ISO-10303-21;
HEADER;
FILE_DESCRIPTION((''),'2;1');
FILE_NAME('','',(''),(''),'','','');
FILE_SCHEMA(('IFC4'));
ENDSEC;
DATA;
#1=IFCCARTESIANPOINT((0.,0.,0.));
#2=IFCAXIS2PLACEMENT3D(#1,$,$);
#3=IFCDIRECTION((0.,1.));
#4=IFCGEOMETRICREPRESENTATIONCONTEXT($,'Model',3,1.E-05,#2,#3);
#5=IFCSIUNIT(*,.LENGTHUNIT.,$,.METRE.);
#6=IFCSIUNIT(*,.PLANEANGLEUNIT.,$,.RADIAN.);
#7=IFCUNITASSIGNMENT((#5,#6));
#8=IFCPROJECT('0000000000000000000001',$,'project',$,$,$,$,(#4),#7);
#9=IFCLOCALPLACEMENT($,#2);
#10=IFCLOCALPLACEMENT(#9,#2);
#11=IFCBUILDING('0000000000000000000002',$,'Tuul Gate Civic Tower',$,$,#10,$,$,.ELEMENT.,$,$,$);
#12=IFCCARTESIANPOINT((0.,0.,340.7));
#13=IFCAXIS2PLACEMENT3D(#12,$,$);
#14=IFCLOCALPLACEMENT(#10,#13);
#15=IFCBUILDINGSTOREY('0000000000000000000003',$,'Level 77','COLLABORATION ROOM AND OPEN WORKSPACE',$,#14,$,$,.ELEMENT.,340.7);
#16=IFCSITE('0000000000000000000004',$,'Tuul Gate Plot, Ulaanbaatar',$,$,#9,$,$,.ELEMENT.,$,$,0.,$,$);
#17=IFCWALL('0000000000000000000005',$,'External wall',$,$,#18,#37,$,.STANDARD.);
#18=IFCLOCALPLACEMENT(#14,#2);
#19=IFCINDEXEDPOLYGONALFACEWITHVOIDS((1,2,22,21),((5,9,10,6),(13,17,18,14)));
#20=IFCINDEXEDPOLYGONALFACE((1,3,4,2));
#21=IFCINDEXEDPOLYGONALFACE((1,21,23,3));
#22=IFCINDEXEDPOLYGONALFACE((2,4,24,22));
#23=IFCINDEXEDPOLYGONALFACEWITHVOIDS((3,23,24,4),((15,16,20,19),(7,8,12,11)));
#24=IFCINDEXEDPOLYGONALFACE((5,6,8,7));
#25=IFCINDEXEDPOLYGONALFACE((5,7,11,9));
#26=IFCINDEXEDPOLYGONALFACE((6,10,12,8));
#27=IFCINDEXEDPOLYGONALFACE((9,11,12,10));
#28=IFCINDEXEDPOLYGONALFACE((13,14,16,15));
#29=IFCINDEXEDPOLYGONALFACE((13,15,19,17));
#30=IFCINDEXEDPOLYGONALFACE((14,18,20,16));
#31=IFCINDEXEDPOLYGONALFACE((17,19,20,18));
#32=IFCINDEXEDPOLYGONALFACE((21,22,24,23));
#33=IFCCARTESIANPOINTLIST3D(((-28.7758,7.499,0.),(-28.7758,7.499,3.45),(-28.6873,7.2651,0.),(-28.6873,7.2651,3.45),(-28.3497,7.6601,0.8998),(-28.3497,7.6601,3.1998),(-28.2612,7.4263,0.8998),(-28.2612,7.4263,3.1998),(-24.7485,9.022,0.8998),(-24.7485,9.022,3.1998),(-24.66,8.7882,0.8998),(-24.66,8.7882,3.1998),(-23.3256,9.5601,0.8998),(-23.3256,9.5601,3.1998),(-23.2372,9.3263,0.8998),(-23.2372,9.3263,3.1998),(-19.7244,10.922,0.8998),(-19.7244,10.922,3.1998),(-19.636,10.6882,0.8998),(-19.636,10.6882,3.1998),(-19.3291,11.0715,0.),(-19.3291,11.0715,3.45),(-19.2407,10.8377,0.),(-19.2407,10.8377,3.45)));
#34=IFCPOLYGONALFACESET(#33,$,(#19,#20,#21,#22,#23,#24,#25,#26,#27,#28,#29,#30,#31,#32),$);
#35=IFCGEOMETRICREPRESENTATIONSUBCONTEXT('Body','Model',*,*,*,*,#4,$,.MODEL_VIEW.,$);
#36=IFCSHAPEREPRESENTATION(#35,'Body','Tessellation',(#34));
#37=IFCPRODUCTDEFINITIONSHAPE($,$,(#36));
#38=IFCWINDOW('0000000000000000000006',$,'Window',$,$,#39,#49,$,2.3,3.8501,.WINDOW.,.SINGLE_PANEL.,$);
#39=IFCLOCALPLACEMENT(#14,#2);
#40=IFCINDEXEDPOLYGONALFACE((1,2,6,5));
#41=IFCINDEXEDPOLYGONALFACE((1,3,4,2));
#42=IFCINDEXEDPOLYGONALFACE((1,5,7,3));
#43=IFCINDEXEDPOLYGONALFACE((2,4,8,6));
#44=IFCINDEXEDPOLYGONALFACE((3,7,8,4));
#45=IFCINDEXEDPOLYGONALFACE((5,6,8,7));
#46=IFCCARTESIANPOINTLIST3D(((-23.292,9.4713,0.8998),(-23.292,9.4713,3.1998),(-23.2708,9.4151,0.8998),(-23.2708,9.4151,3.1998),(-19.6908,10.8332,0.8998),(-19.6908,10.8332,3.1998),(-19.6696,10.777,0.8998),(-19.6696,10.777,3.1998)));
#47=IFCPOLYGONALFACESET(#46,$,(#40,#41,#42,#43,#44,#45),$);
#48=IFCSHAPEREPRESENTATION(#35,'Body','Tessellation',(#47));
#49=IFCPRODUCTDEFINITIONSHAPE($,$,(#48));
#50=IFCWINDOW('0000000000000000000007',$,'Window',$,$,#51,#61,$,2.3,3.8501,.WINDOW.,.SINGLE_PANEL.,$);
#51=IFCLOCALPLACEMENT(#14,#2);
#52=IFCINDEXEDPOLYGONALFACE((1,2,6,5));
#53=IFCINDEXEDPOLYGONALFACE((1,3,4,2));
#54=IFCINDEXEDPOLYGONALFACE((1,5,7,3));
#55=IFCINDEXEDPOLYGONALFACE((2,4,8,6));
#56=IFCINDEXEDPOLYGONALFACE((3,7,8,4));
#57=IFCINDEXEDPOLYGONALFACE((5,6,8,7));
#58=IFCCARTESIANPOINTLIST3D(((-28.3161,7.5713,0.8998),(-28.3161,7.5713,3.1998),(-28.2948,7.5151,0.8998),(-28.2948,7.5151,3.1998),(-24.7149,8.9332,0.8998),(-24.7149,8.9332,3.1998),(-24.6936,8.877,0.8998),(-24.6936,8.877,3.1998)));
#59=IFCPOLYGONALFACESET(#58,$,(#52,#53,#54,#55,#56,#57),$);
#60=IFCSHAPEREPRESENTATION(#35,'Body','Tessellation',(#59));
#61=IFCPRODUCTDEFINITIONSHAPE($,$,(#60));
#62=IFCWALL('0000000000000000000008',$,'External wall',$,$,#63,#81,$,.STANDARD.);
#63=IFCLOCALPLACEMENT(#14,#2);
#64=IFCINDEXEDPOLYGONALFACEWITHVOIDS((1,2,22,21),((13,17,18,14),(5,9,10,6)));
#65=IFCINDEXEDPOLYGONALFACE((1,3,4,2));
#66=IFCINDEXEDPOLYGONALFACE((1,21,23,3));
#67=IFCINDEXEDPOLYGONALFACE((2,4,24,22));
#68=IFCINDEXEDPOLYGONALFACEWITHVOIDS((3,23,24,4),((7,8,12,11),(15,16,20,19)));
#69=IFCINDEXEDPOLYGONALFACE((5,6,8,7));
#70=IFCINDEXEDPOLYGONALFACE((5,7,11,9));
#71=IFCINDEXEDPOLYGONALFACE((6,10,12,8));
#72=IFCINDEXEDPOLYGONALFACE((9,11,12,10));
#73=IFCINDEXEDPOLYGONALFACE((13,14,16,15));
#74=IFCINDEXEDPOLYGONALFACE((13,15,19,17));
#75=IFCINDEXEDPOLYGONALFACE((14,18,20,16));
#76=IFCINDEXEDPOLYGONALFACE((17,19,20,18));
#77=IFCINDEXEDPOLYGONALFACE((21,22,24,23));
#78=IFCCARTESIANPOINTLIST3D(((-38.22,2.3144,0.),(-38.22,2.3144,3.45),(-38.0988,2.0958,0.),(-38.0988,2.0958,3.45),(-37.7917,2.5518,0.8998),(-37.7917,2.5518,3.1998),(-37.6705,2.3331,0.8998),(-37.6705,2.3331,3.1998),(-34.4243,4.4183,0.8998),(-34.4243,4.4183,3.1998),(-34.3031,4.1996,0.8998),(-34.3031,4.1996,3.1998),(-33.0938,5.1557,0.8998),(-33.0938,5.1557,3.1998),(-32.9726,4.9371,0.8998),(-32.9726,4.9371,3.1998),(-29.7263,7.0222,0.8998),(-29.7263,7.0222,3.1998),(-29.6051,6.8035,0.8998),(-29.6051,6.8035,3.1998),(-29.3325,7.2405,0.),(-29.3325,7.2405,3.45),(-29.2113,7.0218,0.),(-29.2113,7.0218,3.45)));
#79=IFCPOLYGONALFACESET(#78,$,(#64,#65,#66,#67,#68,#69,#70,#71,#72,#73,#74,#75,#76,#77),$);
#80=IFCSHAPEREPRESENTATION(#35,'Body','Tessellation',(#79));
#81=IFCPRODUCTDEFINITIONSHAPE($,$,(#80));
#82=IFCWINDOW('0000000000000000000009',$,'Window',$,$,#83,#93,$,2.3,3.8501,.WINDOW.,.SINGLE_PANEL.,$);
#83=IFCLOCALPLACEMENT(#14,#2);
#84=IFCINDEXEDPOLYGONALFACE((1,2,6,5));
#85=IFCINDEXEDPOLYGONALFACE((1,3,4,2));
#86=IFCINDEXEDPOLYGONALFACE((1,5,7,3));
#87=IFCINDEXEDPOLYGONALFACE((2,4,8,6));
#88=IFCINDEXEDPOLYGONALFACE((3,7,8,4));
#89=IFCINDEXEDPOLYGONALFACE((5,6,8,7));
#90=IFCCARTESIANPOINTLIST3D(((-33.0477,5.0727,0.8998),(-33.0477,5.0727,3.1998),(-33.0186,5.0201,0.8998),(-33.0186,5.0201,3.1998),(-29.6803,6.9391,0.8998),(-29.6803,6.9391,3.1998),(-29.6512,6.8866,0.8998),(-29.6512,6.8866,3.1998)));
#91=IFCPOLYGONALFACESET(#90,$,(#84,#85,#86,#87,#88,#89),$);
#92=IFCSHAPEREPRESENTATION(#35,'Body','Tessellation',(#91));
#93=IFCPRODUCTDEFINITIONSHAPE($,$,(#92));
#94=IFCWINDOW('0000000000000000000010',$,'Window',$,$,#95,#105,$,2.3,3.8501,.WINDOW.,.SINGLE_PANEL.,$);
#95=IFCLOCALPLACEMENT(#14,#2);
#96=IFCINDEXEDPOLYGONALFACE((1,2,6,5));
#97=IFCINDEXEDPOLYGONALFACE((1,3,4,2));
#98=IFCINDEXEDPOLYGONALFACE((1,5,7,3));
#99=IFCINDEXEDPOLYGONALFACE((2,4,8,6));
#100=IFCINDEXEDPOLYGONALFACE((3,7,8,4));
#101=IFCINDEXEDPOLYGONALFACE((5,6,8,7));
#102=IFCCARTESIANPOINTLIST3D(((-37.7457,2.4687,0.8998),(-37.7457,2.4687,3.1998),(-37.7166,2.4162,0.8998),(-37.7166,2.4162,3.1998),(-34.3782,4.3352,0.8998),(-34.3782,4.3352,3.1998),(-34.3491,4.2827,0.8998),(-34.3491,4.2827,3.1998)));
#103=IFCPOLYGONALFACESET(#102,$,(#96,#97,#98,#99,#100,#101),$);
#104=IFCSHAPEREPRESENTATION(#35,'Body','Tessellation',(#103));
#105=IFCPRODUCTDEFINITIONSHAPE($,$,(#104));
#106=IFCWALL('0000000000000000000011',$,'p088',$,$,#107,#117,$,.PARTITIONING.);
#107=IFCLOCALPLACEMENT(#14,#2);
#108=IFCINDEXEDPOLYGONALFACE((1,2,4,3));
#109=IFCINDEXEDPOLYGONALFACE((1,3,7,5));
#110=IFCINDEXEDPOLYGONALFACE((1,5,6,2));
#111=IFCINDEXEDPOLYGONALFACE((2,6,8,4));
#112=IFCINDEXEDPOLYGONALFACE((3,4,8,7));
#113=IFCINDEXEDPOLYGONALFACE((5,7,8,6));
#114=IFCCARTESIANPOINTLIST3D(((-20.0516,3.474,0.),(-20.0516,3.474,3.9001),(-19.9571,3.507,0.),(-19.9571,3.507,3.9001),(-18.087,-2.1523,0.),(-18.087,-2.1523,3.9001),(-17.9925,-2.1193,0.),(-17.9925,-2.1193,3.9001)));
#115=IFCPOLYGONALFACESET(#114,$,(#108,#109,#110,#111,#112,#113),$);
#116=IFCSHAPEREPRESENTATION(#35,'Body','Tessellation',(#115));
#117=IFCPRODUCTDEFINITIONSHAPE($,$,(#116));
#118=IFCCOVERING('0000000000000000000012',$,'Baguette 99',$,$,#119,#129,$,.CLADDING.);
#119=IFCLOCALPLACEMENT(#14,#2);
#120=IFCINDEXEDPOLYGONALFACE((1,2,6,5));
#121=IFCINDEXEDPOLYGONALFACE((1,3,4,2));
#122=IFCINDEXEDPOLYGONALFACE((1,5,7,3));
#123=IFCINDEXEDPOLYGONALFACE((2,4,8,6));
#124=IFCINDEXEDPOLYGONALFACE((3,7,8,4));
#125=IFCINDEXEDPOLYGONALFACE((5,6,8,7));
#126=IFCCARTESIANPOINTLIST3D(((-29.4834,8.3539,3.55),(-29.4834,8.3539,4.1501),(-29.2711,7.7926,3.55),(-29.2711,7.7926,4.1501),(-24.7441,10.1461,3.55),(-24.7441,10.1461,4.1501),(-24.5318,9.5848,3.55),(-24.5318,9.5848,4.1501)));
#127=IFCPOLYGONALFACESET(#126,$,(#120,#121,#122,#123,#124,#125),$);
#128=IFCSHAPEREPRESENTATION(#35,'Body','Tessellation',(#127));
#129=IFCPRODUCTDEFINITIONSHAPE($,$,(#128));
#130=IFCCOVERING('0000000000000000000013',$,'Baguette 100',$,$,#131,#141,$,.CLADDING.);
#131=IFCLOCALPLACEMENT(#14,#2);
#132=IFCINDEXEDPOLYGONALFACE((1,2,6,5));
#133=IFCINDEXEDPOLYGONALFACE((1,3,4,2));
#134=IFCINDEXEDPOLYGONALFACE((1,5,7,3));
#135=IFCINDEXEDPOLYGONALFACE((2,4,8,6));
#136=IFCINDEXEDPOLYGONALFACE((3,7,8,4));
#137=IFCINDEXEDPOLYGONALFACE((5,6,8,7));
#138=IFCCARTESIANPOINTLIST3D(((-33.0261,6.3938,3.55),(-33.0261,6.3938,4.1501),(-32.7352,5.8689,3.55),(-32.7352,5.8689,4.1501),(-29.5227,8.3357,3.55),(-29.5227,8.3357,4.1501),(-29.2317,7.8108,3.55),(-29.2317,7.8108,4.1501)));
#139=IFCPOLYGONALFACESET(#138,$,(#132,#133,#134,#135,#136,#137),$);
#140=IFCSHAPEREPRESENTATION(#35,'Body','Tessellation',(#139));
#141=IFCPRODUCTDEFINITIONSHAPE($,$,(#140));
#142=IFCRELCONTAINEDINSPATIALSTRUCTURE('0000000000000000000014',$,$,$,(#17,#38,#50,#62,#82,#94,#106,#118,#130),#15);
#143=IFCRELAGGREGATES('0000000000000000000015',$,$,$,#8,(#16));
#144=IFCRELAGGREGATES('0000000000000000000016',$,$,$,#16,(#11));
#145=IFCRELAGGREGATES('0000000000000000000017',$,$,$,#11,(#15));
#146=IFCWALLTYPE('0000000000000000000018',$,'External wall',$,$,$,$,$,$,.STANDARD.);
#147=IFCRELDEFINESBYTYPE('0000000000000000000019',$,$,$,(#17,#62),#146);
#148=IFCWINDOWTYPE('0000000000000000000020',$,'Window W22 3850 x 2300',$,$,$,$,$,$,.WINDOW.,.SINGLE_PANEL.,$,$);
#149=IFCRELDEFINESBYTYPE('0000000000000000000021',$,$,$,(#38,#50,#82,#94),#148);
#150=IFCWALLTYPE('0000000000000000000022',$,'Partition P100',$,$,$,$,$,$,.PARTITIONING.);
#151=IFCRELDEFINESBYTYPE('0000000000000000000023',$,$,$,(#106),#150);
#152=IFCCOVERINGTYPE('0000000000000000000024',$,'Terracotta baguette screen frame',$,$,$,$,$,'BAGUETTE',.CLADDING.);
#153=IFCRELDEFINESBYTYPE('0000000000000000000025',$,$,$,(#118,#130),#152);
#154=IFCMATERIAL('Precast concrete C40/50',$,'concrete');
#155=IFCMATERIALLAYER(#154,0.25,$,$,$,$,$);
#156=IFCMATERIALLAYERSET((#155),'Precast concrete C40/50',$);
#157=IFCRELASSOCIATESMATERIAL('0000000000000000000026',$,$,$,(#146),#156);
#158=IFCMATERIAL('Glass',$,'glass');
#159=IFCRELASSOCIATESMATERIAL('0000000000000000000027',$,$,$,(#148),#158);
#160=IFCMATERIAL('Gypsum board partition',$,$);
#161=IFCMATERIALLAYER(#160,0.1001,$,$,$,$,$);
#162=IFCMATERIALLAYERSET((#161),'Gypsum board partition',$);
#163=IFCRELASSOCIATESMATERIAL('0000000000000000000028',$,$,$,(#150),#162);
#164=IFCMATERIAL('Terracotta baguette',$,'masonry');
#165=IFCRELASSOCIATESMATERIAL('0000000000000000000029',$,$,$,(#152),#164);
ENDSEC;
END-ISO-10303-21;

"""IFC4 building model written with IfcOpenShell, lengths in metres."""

from ifc_helpers import new_model, si_unit, direction, frame, frame_2d, origin, origin_2d, place, context, subcontext, project, spatial, rectangle, extrude, material, layer, layer_set, material_profile, profile_set, type_object, element, fill, save


model = new_model("IFC4")

# Units and contexts
model_context = context("Model", 3, precision=1e-05, world=origin(), true_north=direction((0.0, 1.0)))
body_context = subcontext(model_context, "Body", "Model", "MODEL_VIEW")
ifc_project = project(units=[si_unit("LENGTHUNIT", "METRE"), si_unit("PLANEANGLEUNIT", "RADIAN")], contexts=[model_context])

# Site, building, storey
site_placement = place(None, origin())
site = spatial("IfcSite", under=ifc_project, at=site_placement, Name="Tuul Gate Plot, Ulaanbaatar", CompositionType="ELEMENT", RefElevation=0.0)
building_placement = place(site_placement, origin())
building = spatial("IfcBuilding", under=site, at=building_placement, Name="Tuul Gate Civic Tower", CompositionType="ELEMENT")
storey_placement = place(building_placement, frame((0.0, 0.0, 340.7)))
storey = spatial("IfcBuildingStorey", under=building, at=storey_placement, Name="Level 77", Description="COLLABORATION ROOM AND OPEN WORKSPACE", CompositionType="ELEMENT", Elevation=340.7)

# Walls, openings, windows
ifc_material_1 = material(Name="Precast concrete C40/50", Category="concrete")
ifc_layer_1 = layer(ifc_material_1, 0.25)
ifc_layer_set_1 = layer_set([ifc_layer_1], Name="Precast concrete C40/50")
wall_type_1 = type_object("IfcWallType", Name="External wall", PredefinedType="STANDARD", material=ifc_layer_set_1)
wall_1_placement = place(storey_placement, frame((-19.2849, 10.9546, 0.0), z_axis=(0.0, 0.0, 1.0), x_axis=(-0.935347, -0.353731, 0.0)))
wall_1 = element("IfcWall", 1, at=wall_1_placement, inside=storey, type_object=wall_type_1, Name="External wall", PredefinedType="STANDARD", context=body_context, shape_type="SweptSolid", body=[
    extrude(rectangle(XDim=10.0996, YDim=0.25, at=frame_2d((5.0498, 0.0))), origin(), (0.0, 0.0, 1.0), 3.45),
])
opening_1_placement = place(wall_1_placement, frame((0.4226, 0.0, 0.8999)))
opening_1 = element("IfcOpeningElement", 2, at=opening_1_placement, cuts=wall_1, PredefinedType="OPENING", context=body_context, shape_type="SweptSolid", body=[
    extrude(rectangle(XDim=3.8501, YDim=2.3, at=frame_2d((1.925, 1.1499))), frame((0.0, 0.135, 0.0), z_axis=(0.0, -1.0, 0.0), x_axis=(1.0, 0.0, 0.0)), (0.0, 0.0, 1.0), 0.27),
])
opening_2_placement = place(wall_1_placement, frame((5.7939, 0.0, 0.8999)))
opening_2 = element("IfcOpeningElement", 3, at=opening_2_placement, cuts=wall_1, PredefinedType="OPENING", context=body_context, shape_type="SweptSolid", body=[
    extrude(rectangle(XDim=3.8501, YDim=2.3, at=frame_2d((1.925, 1.1499))), frame((0.0, 0.135, 0.0), z_axis=(0.0, -1.0, 0.0), x_axis=(1.0, 0.0, 0.0)), (0.0, 0.0, 1.0), 0.27),
])
ifc_material_2 = material(Name="Glass", Category="glass")
window_type = type_object("IfcWindowType", Name="Window W22 3850 x 2300", PartitioningType="SINGLE_PANEL", PredefinedType="WINDOW", material=ifc_material_2)
window_1_placement = place(opening_1_placement, origin())
window_1 = element("IfcWindow", 4, at=window_1_placement, inside=storey, type_object=window_type, Name="Window", OverallHeight=2.3, OverallWidth=3.8501, PartitioningType="SINGLE_PANEL", PredefinedType="WINDOW", context=body_context, shape_type="SweptSolid", body=[
    extrude(rectangle(XDim=3.8501, YDim=2.3, at=frame_2d((1.925, 1.1499))), frame((0.0, 0.03, 0.0), z_axis=(0.0, -1.0, 0.0), x_axis=(1.0, 0.0, 0.0)), (0.0, 0.0, 1.0), 0.0601),
])
fill(opening_1, window_1)
window_2_placement = place(opening_2_placement, origin())
window_2 = element("IfcWindow", 5, at=window_2_placement, inside=storey, type_object=window_type, Name="Window", OverallHeight=2.3, OverallWidth=3.8501, PartitioningType="SINGLE_PANEL", PredefinedType="WINDOW", context=body_context, shape_type="SweptSolid", body=[
    extrude(rectangle(XDim=3.8501, YDim=2.3, at=frame_2d((1.925, 1.1499))), frame((0.0, 0.03, 0.0), z_axis=(0.0, -1.0, 0.0), x_axis=(1.0, 0.0, 0.0)), (0.0, 0.0, 1.0), 0.0601),
])
fill(opening_2, window_2)
wall_2_placement = place(storey_placement, frame((-29.272, 7.1311, 0.0), z_axis=(0.0, 0.0, 1.0), x_axis=(-0.874635, -0.484782, 0.0)))
wall_2 = element("IfcWall", 6, at=wall_2_placement, inside=storey, type_object=wall_type_1, Name="External wall", PredefinedType="STANDARD", context=body_context, shape_type="SweptSolid", body=[
    extrude(rectangle(XDim=10.1614, YDim=0.25, at=frame_2d((5.0806, 0.0))), origin(), (0.0, 0.0, 1.0), 3.45),
])
opening_3_placement = place(wall_2_placement, frame((0.4502, 0.0, 0.8999)))
opening_3 = element("IfcOpeningElement", 7, at=opening_3_placement, cuts=wall_2, PredefinedType="OPENING", context=body_context, shape_type="SweptSolid", body=[
    extrude(rectangle(XDim=3.8501, YDim=2.3, at=frame_2d((1.925, 1.1499))), frame((0.0, 0.135, 0.0), z_axis=(0.0, -1.0, 0.0), x_axis=(1.0, 0.0, 0.0)), (0.0, 0.0, 1.0), 0.27),
])
opening_4_placement = place(wall_2_placement, frame((5.8215, 0.0, 0.8999)))
opening_4 = element("IfcOpeningElement", 8, at=opening_4_placement, cuts=wall_2, PredefinedType="OPENING", context=body_context, shape_type="SweptSolid", body=[
    extrude(rectangle(XDim=3.8501, YDim=2.3, at=frame_2d((1.925, 1.1499))), frame((0.0, 0.135, 0.0), z_axis=(0.0, -1.0, 0.0), x_axis=(1.0, 0.0, 0.0)), (0.0, 0.0, 1.0), 0.27),
])
window_3_placement = place(opening_3_placement, origin())
window_3 = element("IfcWindow", 9, at=window_3_placement, inside=storey, type_object=window_type, Name="Window", OverallHeight=2.3, OverallWidth=3.8501, PartitioningType="SINGLE_PANEL", PredefinedType="WINDOW", context=body_context, shape_type="SweptSolid", body=[
    extrude(rectangle(XDim=3.8501, YDim=2.3, at=frame_2d((1.925, 1.1499))), frame((0.0, 0.03, 0.0), z_axis=(0.0, -1.0, 0.0), x_axis=(1.0, 0.0, 0.0)), (0.0, 0.0, 1.0), 0.0601),
])
fill(opening_3, window_3)
window_4_placement = place(opening_4_placement, origin())
window_4 = element("IfcWindow", 10, at=window_4_placement, inside=storey, type_object=window_type, Name="Window", OverallHeight=2.3, OverallWidth=3.8501, PartitioningType="SINGLE_PANEL", PredefinedType="WINDOW", context=body_context, shape_type="SweptSolid", body=[
    extrude(rectangle(XDim=3.8501, YDim=2.3, at=frame_2d((1.925, 1.1499))), frame((0.0, 0.03, 0.0), z_axis=(0.0, -1.0, 0.0), x_axis=(1.0, 0.0, 0.0)), (0.0, 0.0, 1.0), 0.0601),
])
fill(opening_4, window_4)

# Wall
ifc_material_3 = material(Name="Gypsum board partition")
ifc_layer_2 = layer(ifc_material_3, 0.1001)
ifc_layer_set_2 = layer_set([ifc_layer_2], Name="Gypsum board partition")
wall_type_2 = type_object("IfcWallType", Name="Partition P100", PredefinedType="PARTITIONING", material=ifc_layer_set_2)
wall_3_placement = place(storey_placement, frame((-20.0044, 3.4905, 0.0), z_axis=(0.0, 0.0, 1.0), x_axis=(0.329666, -0.944098, 0.0)))
element("IfcWall", 11, at=wall_3_placement, inside=storey, type_object=wall_type_2, Name="p088", PredefinedType="PARTITIONING", context=body_context, shape_type="SweptSolid", body=[
    extrude(rectangle(XDim=5.9595, YDim=0.1001, at=frame_2d((2.9797, 0.0))), origin(), (0.0, 0.0, 1.0), 3.9001),
])

# Coverings
ifc_material_4 = material(Name="Terracotta baguette", Category="masonry")
ifc_material_profile_1 = material_profile(ifc_material_4, rectangle(XDim=0.6001, YDim=0.6001, at=origin_2d()), Name="Terracotta baguette screen frame")
ifc_profile_set_1 = profile_set([ifc_material_profile_1], Name="Terracotta baguette")
covering_type = type_object("IfcCoveringType", Name="Terracotta baguette screen frame", ElementType="BAGUETTE", PredefinedType="CLADDING", material=ifc_profile_set_1)
covering_1_placement = place(storey_placement, frame((-24.6379, 9.8655, 3.8501), z_axis=(-0.935351, -0.35372, 0.0), x_axis=(0.35372, -0.935351, 0.0)))
element("IfcCovering", 12, at=covering_1_placement, inside=storey, type_object=covering_type, Name="Baguette 99", PredefinedType="CLADDING", context=body_context, shape_type="SweptSolid", body=[
    extrude(rectangle(XDim=0.6001, YDim=0.6001, at=origin_2d()), origin(), (0.0, 0.0, 1.0), 5.0669),
])
covering_2_placement = place(storey_placement, frame((-29.3772, 8.0732, 3.8501), z_axis=(-0.874628, -0.484794, 0.0), x_axis=(0.484794, -0.874628, 0.0)))
element("IfcCovering", 13, at=covering_2_placement, inside=storey, type_object=covering_type, Name="Baguette 100", PredefinedType="CLADDING", context=body_context, shape_type="SweptSolid", body=[
    extrude(rectangle(XDim=0.6001, YDim=0.6001, at=origin_2d()), origin(), (0.0, 0.0, 1.0), 4.0056),
])

save(model, "model.ifc")
